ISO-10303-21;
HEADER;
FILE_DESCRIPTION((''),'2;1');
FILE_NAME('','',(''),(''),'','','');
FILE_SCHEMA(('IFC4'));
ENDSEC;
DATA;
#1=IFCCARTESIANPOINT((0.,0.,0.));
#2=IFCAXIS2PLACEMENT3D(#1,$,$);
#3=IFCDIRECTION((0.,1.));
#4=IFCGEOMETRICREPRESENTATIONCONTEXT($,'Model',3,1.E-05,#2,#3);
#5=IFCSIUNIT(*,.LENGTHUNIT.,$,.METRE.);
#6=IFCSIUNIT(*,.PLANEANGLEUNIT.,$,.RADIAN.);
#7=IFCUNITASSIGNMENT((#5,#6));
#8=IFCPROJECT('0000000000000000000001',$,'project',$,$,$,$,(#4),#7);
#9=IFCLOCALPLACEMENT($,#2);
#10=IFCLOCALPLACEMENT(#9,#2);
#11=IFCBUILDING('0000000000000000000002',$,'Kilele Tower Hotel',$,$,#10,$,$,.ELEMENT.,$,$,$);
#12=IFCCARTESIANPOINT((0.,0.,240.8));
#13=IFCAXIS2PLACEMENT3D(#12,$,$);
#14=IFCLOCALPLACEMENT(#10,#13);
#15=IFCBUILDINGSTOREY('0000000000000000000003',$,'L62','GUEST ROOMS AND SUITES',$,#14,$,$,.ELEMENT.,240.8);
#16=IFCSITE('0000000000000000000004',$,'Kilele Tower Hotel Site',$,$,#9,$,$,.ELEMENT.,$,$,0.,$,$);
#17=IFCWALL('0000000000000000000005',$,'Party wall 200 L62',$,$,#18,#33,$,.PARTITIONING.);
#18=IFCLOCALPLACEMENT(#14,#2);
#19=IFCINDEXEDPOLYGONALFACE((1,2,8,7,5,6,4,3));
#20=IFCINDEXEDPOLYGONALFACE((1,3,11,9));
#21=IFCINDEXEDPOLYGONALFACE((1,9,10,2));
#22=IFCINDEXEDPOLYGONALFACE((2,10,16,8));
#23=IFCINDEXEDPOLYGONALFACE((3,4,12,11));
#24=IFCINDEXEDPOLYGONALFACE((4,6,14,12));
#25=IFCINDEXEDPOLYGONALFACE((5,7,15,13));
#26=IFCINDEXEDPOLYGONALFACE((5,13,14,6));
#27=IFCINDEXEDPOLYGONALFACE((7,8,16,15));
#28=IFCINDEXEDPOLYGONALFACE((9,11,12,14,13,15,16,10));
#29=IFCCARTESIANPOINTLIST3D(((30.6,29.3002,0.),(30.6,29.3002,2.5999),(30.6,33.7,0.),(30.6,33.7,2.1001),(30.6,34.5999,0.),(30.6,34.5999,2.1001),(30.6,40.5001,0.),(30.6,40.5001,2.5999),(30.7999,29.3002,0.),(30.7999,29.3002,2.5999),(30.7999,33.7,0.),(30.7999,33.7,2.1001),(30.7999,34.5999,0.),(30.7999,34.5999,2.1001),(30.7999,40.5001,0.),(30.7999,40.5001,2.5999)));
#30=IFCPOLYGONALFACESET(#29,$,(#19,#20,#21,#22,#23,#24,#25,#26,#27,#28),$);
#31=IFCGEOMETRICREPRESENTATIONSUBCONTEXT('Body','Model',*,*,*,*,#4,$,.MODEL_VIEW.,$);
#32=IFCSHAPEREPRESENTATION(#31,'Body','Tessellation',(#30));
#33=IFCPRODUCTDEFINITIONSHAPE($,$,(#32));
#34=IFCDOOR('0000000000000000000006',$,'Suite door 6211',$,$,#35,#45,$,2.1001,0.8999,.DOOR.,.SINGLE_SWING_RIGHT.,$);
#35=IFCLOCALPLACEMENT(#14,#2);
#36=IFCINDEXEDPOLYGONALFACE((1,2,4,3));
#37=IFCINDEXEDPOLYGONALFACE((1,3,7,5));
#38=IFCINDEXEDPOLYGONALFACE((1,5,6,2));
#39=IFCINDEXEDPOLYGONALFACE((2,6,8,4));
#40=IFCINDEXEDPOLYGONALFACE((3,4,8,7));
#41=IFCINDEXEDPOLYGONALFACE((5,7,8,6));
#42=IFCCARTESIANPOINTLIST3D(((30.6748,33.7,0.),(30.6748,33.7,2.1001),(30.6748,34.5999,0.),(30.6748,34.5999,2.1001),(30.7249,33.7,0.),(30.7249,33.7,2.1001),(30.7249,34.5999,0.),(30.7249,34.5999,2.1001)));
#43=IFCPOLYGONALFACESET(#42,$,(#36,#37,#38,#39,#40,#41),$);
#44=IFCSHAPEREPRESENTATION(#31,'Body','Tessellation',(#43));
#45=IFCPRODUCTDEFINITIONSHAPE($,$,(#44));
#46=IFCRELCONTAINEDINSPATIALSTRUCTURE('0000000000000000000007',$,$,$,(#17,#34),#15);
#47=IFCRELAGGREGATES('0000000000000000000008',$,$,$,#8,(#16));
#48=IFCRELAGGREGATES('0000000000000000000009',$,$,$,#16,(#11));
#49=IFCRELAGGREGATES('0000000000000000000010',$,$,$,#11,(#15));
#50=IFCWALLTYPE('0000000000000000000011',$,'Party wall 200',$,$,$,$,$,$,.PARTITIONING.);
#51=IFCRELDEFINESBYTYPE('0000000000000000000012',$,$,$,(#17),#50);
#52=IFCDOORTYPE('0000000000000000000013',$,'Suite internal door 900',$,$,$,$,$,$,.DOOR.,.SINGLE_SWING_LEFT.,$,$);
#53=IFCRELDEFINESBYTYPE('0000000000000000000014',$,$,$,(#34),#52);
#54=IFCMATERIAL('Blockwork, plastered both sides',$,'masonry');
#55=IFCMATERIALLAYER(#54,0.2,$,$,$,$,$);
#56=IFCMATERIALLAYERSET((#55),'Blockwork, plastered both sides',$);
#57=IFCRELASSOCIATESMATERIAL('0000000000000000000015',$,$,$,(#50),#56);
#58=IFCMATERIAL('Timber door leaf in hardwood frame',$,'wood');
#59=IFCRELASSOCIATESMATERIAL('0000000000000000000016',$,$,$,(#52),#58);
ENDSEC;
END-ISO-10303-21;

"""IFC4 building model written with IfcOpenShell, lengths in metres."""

from ifc_helpers import new_model, si_unit, direction, frame, frame_2d, origin, place, context, subcontext, project, spatial, rectangle, extrude, material, layer, layer_set, type_object, element, fill, save


model = new_model("IFC4")

# Units and contexts
model_context = context("Model", 3, precision=1e-05, world=origin(), true_north=direction((0.0, 1.0)))
body_context = subcontext(model_context, "Body", "Model", "MODEL_VIEW")
ifc_project = project(units=[si_unit("LENGTHUNIT", "METRE"), si_unit("PLANEANGLEUNIT", "RADIAN")], contexts=[model_context])

# Site, building, storey
site_placement = place(None, origin())
site = spatial("IfcSite", under=ifc_project, at=site_placement, Name="Kilele Tower Hotel Site", CompositionType="ELEMENT", RefElevation=0.0)
building_placement = place(site_placement, origin())
building = spatial("IfcBuilding", under=site, at=building_placement, Name="Kilele Tower Hotel", CompositionType="ELEMENT")
storey_placement = place(building_placement, frame((0.0, 0.0, 240.8)))
storey = spatial("IfcBuildingStorey", under=building, at=storey_placement, Name="L62", Description="GUEST ROOMS AND SUITES", CompositionType="ELEMENT", Elevation=240.8)

# Shared definitions
ifc_material_1 = material(Name="Blockwork, plastered both sides", Category="masonry")
ifc_layer_1 = layer(ifc_material_1, 0.2)
ifc_layer_set_1 = layer_set([ifc_layer_1], Name="Blockwork, plastered both sides")
wall_type_1 = type_object("IfcWallType", Name="Party wall 200", PredefinedType="PARTITIONING", material=ifc_layer_set_1)

# Wall, opening, door
ifc_material_2 = material(Name="Timber door leaf in hardwood frame", Category="wood")
door_type_1 = type_object("IfcDoorType", Name="Suite internal door 900", OperationType="SINGLE_SWING_LEFT", PredefinedType="DOOR", material=ifc_material_2)
wall_1_placement = place(storey_placement, frame((30.7, 29.3, 0.0), z_axis=(0.0, 0.0, 1.0), x_axis=(0.0, 1.0, 0.0)))
wall_1 = element("IfcWall", 1, at=wall_1_placement, inside=storey, type_object=wall_type_1, Name="Party wall 200 L62", PredefinedType="PARTITIONING", context=body_context, shape_type="SweptSolid", body=[
    extrude(rectangle(XDim=11.2, YDim=0.2, at=frame_2d((5.6001, 0.0))), origin(), (0.0, 0.0, 1.0), 2.5999),
])
opening_1_placement = place(wall_1_placement, frame((5.2998, 0.0, 0.0), z_axis=(0.0, 0.0, 1.0), x_axis=(-1.0, 0.0, 0.0)))
opening_1 = element("IfcOpeningElement", 2, at=opening_1_placement, cuts=wall_1, PredefinedType="OPENING", context=body_context, shape_type="SweptSolid", body=[
    extrude(rectangle(XDim=0.8999, YDim=2.1001, at=frame_2d((0.45, 1.05))), frame((0.0, 0.1099, 0.0), z_axis=(0.0, -1.0, 0.0), x_axis=(1.0, 0.0, 0.0)), (0.0, 0.0, 1.0), 0.22),
])
door_1_placement = place(opening_1_placement, origin())
door_1 = element("IfcDoor", 3, at=door_1_placement, inside=storey, type_object=door_type_1, Name="Suite door 6211", OperationType="SINGLE_SWING_RIGHT", OverallHeight=2.1001, OverallWidth=0.8999, PredefinedType="DOOR", context=body_context, shape_type="SweptSolid", body=[
    extrude(rectangle(XDim=0.8999, YDim=2.1001, at=frame_2d((0.45, 1.05))), frame((0.0, 0.0249, 0.0), z_axis=(0.0, -1.0, 0.0), x_axis=(1.0, 0.0, 0.0)), (0.0, 0.0, 1.0), 0.05),
])
fill(opening_1, door_1)

save(model, "model.ifc")
